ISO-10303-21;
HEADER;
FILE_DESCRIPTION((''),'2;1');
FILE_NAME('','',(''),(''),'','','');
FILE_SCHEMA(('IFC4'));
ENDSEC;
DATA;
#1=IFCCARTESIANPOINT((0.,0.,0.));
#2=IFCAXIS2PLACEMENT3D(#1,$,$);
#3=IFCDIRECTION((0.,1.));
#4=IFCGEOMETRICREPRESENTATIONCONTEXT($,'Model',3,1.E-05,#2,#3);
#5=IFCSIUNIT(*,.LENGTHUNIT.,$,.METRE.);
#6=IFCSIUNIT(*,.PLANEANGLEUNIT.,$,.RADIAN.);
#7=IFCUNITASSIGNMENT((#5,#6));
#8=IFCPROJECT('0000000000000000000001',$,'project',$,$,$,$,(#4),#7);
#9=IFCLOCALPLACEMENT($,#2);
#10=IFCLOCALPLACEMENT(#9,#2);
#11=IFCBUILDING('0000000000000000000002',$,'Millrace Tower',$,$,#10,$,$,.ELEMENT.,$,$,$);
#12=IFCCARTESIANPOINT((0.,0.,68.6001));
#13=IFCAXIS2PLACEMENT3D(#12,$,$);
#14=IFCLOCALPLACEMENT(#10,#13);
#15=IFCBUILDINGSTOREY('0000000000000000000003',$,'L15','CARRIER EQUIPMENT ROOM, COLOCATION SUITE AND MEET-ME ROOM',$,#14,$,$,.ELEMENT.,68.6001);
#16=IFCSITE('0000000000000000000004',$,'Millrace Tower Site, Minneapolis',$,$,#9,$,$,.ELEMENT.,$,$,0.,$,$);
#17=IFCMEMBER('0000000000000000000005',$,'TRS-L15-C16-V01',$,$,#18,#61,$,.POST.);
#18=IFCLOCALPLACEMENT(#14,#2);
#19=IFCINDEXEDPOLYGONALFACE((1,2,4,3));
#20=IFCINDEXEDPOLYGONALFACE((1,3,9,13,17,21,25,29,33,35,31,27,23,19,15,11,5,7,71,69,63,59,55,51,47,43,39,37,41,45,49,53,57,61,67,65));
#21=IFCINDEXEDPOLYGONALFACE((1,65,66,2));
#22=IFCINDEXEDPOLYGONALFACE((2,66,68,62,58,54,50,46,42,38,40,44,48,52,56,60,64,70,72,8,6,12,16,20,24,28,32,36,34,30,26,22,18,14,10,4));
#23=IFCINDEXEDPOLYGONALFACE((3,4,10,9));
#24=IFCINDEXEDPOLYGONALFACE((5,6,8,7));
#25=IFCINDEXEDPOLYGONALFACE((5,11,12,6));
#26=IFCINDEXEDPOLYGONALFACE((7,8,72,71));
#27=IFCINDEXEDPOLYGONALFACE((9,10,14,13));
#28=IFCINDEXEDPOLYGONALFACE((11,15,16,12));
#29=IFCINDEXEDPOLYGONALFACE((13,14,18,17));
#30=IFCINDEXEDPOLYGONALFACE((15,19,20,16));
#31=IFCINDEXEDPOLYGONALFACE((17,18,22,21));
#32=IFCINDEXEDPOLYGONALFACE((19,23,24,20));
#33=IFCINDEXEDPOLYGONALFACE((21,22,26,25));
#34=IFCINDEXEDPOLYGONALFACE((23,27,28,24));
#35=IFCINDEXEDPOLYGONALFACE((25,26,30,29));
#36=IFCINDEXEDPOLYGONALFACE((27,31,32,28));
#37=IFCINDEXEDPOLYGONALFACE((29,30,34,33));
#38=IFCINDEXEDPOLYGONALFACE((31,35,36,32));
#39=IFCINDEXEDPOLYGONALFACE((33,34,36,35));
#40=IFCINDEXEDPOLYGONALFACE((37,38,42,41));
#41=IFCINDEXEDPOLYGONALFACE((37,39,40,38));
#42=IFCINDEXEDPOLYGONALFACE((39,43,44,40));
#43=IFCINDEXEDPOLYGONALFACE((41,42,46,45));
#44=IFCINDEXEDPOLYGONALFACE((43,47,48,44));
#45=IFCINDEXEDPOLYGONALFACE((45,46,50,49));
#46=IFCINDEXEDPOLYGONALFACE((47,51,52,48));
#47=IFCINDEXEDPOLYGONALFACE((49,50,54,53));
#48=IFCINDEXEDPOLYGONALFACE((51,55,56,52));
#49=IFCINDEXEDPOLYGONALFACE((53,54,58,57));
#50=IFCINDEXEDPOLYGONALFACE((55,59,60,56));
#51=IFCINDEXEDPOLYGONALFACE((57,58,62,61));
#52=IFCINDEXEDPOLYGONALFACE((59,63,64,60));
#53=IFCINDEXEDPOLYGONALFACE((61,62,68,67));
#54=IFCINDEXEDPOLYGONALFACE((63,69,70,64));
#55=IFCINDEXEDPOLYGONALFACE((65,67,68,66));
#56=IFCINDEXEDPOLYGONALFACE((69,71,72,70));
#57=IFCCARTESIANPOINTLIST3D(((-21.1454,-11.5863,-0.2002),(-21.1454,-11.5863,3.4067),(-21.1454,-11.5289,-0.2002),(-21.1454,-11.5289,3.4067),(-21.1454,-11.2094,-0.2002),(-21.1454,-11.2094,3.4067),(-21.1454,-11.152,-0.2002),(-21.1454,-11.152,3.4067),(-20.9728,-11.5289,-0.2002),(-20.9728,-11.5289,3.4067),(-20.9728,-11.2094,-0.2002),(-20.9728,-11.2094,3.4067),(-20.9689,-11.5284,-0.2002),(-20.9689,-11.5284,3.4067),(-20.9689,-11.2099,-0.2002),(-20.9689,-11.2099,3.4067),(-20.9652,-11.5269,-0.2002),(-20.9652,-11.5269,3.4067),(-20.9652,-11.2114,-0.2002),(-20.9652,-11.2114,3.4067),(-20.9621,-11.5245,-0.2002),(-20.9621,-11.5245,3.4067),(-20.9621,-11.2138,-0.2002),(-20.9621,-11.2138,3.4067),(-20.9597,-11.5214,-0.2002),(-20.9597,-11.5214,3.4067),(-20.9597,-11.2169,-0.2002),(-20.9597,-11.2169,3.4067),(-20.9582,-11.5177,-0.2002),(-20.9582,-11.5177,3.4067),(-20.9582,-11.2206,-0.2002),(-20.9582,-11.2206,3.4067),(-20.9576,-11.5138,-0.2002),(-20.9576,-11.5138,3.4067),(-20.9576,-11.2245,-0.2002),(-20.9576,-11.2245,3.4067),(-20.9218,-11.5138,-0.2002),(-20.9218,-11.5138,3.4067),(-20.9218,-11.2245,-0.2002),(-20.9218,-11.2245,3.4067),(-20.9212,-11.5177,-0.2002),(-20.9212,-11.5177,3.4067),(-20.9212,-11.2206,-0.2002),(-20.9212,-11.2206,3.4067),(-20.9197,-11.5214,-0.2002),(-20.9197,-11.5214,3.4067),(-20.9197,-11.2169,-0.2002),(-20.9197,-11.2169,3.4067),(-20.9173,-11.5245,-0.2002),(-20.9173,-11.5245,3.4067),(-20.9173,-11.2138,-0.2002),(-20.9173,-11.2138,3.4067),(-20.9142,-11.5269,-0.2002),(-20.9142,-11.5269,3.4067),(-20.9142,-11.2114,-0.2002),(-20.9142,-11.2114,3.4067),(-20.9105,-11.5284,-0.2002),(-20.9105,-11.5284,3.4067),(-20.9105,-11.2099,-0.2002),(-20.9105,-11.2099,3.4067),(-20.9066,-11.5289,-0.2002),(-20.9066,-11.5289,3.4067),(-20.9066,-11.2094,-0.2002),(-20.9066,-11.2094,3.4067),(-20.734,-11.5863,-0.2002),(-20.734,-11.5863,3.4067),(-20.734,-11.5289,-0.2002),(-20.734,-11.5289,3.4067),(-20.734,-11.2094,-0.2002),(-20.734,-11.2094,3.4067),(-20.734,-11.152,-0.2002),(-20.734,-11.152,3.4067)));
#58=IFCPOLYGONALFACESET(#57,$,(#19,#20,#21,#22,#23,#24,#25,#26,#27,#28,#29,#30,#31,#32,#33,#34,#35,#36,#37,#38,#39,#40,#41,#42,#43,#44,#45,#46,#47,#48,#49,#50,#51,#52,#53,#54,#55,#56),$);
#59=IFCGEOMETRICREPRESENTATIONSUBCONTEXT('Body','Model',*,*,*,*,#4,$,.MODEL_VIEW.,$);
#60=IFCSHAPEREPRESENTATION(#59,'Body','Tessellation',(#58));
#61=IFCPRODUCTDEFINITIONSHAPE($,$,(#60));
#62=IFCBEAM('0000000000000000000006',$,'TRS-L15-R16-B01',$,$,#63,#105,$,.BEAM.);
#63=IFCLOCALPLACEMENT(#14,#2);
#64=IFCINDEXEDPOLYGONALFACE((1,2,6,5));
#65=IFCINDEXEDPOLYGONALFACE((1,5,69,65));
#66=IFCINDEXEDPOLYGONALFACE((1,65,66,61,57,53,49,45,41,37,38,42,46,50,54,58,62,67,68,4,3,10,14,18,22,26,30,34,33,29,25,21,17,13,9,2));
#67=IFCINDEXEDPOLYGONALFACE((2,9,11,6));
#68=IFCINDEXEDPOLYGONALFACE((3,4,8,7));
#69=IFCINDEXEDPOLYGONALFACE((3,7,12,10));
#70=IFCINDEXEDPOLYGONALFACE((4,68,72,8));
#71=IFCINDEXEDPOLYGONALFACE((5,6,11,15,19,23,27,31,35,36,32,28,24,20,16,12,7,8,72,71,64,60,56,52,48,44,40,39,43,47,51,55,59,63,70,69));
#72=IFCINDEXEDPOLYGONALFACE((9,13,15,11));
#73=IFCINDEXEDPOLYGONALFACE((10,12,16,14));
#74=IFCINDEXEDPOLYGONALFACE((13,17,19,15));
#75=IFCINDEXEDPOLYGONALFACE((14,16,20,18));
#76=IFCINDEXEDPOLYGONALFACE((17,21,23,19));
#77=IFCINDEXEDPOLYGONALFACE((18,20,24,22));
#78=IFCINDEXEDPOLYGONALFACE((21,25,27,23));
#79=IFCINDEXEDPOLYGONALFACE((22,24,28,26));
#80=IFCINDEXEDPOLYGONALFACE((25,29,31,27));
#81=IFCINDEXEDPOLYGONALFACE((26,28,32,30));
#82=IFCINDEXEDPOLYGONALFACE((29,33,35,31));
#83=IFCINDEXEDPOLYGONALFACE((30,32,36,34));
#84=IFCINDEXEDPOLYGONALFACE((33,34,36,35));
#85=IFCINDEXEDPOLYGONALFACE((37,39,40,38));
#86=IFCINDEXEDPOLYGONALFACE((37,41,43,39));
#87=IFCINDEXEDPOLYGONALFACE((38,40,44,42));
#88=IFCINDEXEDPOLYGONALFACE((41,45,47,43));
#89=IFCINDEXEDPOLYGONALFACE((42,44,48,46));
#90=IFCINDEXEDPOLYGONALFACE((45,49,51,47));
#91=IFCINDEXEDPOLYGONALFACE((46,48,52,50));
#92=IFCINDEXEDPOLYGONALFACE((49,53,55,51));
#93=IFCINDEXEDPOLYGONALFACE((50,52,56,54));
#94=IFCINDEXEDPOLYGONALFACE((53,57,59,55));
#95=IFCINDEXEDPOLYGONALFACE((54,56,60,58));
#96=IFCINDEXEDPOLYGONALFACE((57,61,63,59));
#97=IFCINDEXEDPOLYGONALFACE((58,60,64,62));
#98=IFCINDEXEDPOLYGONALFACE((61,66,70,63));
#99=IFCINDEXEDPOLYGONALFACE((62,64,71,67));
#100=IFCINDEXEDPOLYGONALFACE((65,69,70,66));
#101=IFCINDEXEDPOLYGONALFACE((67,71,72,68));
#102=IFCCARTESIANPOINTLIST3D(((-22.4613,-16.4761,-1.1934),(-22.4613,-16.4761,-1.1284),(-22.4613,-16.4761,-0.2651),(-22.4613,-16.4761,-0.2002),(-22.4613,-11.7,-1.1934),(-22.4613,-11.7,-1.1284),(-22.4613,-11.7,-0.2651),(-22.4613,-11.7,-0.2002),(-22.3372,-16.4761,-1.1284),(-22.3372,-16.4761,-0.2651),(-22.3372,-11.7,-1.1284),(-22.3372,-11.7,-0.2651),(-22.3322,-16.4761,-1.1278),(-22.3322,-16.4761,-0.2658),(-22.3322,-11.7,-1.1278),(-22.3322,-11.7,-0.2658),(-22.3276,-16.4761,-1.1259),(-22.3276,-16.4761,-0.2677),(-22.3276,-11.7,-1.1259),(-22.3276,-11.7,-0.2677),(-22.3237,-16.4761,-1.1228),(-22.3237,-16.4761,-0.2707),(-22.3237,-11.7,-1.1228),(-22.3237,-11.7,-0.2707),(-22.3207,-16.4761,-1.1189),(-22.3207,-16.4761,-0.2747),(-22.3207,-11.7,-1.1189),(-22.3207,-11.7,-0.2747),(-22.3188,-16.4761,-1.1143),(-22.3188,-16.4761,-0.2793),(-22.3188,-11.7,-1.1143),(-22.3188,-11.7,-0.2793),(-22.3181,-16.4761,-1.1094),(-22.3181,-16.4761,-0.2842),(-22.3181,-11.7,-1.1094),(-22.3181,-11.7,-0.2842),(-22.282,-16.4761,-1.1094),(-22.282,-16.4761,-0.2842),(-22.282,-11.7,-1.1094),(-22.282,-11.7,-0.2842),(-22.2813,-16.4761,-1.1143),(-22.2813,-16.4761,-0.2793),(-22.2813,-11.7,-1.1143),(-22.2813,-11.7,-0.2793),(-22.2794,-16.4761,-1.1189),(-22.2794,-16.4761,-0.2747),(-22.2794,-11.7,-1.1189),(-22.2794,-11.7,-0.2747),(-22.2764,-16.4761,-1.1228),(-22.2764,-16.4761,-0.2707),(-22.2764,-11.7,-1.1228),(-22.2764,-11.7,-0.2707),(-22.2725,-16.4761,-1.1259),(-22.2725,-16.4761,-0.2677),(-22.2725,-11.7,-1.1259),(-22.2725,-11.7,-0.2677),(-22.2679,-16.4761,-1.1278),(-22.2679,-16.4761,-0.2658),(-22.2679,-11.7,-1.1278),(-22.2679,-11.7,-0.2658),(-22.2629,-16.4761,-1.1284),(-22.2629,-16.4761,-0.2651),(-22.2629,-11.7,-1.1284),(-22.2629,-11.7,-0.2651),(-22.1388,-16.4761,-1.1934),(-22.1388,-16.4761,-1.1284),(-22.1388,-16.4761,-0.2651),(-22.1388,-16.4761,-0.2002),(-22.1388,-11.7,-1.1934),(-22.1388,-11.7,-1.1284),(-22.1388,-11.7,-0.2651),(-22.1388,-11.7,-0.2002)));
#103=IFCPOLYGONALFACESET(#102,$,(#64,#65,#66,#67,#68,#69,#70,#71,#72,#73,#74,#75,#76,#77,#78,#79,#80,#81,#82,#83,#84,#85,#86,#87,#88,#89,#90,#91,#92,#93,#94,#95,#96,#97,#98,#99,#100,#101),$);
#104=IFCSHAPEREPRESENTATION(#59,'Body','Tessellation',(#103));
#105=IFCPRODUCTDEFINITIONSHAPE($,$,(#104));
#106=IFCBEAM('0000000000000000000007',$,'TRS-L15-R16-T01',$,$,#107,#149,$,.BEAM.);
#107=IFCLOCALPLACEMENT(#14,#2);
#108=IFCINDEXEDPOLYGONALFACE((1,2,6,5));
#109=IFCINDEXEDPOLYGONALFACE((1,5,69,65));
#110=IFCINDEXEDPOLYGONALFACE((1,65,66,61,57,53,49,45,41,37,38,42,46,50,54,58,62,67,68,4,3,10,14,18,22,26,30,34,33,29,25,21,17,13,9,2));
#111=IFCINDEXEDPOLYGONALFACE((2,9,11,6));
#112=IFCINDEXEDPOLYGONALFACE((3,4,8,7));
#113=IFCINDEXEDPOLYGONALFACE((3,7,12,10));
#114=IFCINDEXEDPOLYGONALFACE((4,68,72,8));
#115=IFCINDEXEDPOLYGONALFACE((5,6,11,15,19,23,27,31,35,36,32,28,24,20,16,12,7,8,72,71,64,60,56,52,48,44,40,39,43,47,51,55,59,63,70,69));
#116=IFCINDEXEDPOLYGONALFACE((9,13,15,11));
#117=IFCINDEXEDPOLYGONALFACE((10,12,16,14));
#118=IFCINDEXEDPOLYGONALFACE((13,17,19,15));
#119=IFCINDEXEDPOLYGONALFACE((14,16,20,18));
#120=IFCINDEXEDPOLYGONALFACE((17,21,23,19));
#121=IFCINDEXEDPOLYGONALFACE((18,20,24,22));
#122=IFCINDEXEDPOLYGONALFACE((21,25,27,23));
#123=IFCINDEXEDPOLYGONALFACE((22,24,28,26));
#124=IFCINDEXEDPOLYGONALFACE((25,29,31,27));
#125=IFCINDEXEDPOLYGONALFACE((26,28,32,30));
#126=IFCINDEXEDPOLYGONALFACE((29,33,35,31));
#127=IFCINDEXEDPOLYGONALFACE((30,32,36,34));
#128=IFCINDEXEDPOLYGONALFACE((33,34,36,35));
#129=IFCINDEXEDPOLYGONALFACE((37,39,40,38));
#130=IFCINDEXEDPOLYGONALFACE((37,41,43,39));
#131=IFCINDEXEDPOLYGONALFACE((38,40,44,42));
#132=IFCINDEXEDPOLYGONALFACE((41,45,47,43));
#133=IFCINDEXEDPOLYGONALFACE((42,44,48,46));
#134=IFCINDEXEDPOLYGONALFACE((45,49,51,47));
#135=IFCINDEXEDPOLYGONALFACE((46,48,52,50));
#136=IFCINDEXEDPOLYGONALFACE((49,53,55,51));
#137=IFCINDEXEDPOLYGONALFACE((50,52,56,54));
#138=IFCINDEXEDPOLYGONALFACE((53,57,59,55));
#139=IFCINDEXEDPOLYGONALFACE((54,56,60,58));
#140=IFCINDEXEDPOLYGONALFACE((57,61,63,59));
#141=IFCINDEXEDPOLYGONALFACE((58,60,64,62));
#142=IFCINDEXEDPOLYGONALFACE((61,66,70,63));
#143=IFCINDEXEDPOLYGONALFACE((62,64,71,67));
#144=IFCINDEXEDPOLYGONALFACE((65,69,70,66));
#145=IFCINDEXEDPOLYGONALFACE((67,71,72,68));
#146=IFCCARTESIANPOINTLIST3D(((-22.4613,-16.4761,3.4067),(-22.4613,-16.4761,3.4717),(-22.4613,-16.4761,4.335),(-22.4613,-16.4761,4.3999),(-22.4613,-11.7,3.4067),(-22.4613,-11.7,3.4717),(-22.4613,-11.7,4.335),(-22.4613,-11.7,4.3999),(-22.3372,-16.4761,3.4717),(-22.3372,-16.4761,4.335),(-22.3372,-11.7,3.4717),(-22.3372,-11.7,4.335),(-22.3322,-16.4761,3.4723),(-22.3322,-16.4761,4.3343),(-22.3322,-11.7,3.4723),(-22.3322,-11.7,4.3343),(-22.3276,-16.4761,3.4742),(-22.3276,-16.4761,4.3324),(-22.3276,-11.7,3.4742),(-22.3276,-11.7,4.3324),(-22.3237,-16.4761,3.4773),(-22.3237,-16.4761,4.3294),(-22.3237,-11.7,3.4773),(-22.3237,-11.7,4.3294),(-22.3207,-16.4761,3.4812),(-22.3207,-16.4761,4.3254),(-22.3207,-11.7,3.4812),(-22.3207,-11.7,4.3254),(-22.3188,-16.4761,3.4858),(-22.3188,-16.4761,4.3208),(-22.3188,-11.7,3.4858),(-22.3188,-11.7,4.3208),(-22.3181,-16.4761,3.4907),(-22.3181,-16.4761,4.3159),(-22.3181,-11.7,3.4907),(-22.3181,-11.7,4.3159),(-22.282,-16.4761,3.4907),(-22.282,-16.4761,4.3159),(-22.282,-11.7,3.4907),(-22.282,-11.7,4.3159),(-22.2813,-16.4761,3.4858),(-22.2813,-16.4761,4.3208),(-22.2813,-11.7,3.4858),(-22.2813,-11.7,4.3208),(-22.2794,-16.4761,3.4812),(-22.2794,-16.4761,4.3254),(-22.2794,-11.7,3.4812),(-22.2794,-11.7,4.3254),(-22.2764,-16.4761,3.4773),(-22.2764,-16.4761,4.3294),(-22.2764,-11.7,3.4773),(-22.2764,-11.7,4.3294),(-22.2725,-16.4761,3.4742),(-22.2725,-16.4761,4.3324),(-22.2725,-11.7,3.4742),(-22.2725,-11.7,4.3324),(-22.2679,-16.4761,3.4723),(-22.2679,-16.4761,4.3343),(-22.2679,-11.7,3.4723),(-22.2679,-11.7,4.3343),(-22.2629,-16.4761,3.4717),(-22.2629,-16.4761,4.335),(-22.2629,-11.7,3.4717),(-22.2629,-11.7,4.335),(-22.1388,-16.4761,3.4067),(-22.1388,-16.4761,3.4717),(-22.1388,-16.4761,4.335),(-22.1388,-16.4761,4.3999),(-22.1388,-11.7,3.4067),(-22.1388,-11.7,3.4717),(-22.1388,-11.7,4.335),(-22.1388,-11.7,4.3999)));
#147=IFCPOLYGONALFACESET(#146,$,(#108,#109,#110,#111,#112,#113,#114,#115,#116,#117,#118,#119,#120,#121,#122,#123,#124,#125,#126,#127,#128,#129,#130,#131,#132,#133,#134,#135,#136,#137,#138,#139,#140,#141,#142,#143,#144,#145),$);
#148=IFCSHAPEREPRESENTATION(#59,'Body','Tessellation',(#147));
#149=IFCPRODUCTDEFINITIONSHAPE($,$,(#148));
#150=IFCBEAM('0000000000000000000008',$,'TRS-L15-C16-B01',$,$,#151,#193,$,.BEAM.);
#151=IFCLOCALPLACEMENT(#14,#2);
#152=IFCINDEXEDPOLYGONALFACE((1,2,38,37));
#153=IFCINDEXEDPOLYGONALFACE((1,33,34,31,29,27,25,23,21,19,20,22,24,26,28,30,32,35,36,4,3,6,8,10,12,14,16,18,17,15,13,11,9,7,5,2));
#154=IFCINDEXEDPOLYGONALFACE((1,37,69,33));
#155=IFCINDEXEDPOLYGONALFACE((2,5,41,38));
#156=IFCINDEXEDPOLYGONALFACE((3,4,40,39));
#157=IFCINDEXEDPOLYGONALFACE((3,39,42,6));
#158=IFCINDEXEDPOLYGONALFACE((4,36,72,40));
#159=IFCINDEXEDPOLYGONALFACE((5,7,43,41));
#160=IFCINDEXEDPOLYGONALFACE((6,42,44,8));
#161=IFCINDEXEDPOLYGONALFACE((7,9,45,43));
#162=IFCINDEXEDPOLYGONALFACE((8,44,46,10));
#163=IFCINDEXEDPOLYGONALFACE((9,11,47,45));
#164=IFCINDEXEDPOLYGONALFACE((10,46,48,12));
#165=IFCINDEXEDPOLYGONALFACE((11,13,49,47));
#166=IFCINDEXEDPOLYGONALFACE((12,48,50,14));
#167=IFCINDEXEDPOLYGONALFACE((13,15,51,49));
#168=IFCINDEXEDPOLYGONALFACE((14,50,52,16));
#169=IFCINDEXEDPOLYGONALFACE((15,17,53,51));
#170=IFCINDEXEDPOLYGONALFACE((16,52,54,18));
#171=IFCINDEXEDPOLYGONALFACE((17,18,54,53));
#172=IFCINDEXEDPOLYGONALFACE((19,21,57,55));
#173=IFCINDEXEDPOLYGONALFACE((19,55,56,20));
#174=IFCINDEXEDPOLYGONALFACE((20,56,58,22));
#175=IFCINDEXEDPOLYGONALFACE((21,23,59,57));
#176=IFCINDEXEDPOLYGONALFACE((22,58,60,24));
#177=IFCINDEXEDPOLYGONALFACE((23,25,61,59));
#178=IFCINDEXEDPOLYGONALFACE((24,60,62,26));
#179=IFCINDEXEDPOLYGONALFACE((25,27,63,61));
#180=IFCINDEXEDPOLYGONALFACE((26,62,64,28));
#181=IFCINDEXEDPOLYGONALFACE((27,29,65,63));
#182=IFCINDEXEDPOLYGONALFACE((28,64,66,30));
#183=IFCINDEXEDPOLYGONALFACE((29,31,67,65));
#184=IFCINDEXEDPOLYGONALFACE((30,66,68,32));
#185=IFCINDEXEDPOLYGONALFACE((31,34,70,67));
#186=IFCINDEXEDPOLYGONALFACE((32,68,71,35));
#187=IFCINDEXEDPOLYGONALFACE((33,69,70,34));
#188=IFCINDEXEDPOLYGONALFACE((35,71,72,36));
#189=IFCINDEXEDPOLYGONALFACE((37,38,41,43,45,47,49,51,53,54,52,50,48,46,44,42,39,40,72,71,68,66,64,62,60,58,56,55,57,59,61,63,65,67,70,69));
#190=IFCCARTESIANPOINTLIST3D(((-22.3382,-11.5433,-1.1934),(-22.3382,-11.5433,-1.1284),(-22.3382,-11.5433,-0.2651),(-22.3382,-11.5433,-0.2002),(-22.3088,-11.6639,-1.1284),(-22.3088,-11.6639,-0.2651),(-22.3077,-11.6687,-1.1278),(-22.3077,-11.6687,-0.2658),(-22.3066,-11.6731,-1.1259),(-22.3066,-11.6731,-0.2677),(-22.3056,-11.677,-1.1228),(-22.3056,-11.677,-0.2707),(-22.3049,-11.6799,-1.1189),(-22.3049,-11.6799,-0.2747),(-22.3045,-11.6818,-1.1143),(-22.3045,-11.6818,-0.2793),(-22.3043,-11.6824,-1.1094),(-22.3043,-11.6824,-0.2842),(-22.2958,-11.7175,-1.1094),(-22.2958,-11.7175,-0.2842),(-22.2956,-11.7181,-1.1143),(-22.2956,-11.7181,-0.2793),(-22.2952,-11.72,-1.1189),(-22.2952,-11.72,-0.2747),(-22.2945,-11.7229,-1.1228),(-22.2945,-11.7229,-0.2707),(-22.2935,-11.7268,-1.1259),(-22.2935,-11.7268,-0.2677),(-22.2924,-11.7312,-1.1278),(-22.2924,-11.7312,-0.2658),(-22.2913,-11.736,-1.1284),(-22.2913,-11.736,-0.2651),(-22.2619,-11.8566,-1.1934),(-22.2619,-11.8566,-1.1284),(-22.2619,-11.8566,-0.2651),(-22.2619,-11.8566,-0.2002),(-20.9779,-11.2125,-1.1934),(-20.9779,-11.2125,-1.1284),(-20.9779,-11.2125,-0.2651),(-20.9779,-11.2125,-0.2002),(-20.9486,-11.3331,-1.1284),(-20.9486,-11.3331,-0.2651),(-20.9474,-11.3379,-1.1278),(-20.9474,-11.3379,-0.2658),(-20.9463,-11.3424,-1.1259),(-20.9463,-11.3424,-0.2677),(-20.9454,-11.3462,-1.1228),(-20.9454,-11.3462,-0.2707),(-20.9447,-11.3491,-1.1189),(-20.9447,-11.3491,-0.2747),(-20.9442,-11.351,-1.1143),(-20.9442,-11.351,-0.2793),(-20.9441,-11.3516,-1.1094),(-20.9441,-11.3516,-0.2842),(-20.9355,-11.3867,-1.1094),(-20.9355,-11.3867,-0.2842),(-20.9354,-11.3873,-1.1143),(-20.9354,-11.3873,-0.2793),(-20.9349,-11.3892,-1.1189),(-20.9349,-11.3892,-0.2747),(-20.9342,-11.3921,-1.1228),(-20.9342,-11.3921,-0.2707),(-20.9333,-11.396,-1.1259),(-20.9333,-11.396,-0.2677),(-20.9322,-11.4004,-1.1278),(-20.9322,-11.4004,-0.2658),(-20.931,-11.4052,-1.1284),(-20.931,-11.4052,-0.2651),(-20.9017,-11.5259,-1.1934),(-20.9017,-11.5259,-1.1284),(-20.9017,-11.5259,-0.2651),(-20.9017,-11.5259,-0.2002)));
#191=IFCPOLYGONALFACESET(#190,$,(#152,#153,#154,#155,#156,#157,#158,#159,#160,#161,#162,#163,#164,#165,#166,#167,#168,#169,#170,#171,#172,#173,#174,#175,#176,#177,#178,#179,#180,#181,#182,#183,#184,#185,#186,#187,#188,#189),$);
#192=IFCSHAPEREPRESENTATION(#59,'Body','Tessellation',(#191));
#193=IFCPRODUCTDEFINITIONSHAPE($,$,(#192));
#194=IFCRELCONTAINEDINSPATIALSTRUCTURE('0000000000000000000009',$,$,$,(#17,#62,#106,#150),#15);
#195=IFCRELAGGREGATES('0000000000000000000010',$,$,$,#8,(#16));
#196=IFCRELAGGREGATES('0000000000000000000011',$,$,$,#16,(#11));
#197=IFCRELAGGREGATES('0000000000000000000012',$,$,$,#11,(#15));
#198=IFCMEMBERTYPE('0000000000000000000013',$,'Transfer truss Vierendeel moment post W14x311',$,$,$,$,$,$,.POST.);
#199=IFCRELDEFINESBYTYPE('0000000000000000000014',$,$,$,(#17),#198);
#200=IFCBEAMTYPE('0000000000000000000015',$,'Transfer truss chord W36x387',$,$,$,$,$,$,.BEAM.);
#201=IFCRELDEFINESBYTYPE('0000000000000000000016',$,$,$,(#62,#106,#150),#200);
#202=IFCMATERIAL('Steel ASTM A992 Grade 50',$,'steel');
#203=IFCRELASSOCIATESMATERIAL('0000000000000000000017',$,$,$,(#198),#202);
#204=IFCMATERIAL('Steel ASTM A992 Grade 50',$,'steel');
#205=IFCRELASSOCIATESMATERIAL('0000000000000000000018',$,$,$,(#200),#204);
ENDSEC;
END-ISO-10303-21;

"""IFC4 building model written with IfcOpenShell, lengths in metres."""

from ifc_helpers import new_model, si_unit, direction, frame, origin, origin_2d, place, context, subcontext, project, spatial, i_section, extrude, material, material_profile, profile_set, type_object, element, save


model = new_model("IFC4")

# Units and contexts
model_context = context("Model", 3, precision=1e-05, world=origin(), true_north=direction((0.0, 1.0)))
body_context = subcontext(model_context, "Body", "Model", "MODEL_VIEW")
ifc_project = project(units=[si_unit("LENGTHUNIT", "METRE"), si_unit("PLANEANGLEUNIT", "RADIAN")], contexts=[model_context])

# Site, building, storey
site_placement = place(None, origin())
site = spatial("IfcSite", under=ifc_project, at=site_placement, Name="Millrace Tower Site, Minneapolis", CompositionType="ELEMENT", RefElevation=0.0)
building_placement = place(site_placement, origin())
building = spatial("IfcBuilding", under=site, at=building_placement, Name="Millrace Tower", CompositionType="ELEMENT")
storey_placement = place(building_placement, frame((0.0, 0.0, 68.6001)))
storey = spatial("IfcBuildingStorey", under=building, at=storey_placement, Name="L15", Description="CARRIER EQUIPMENT ROOM, COLOCATION SUITE AND MEET-ME ROOM", CompositionType="ELEMENT", Elevation=68.6001)

# Member
ifc_material_1 = material(Name="Steel ASTM A992 Grade 50", Category="steel")
ifc_material_profile_1 = material_profile(ifc_material_1, i_section(OverallWidth=0.4114, OverallDepth=0.4343, WebThickness=0.0359, FlangeThickness=0.0574, FilletRadius=0.0151, at=origin_2d()))
ifc_profile_set_1 = profile_set([ifc_material_profile_1], Name="Steel ASTM A992 Grade 50")
member_type_1 = type_object("IfcMemberType", Name="Transfer truss Vierendeel moment post W14x311", PredefinedType="POST", material=ifc_profile_set_1)
for number, where, z_axis, x_axis, name in (
    (1, (-20.9397, -11.3691, -0.2002), (0.0, 0.0, 1.0), (1.0, 0.0, 0.0), "TRS-L15-C16-V01"),
):
    element("IfcMember", number, at=place(storey_placement, frame(where, z_axis=z_axis, x_axis=x_axis)), inside=storey, type_object=member_type_1, Name=name, PredefinedType="POST", context=body_context, shape_type="SweptSolid", body=[
        extrude(i_section(OverallWidth=0.4114, OverallDepth=0.4343, WebThickness=0.0359, FlangeThickness=0.0574, FilletRadius=0.0151, at=origin_2d()), origin(), (0.0, 0.0, 1.0), 3.6069),
    ])

# Beams
ifc_material_2 = material(Name="Steel ASTM A992 Grade 50", Category="steel")
ifc_material_profile_2 = material_profile(ifc_material_2, i_section(OverallWidth=0.3225, OverallDepth=0.9932, WebThickness=0.0361, FlangeThickness=0.0649, FilletRadius=0.019, at=origin_2d()))
ifc_profile_set_2 = profile_set([ifc_material_profile_2], Name="Steel ASTM A992 Grade 50")
beam_type_1 = type_object("IfcBeamType", Name="Transfer truss chord W36x387", PredefinedType="BEAM", material=ifc_profile_set_2)
for number, where, z_axis, x_axis, name in (
    (2, (-22.3, -11.7, -0.6968), (0.0, -1.0, 0.0), (1.0, 0.0, 0.0), "TRS-L15-R16-B01"),
    (3, (-22.3, -11.7, 3.9033), (0.0, -1.0, 0.0), (1.0, 0.0, 0.0), "TRS-L15-R16-T01"),
):
    element("IfcBeam", number, at=place(storey_placement, frame(where, z_axis=z_axis, x_axis=x_axis)), inside=storey, type_object=beam_type_1, Name=name, PredefinedType="BEAM", context=body_context, shape_type="SweptSolid", body=[
        extrude(i_section(OverallWidth=0.3225, OverallDepth=0.9932, WebThickness=0.0361, FlangeThickness=0.0649, FilletRadius=0.019, at=origin_2d()), origin(), (0.0, 0.0, 1.0), 4.7761),
    ])
for number, where, z_axis, x_axis, name in (
    (4, (-22.3, -11.7, -0.6968), (0.971682, 0.236294, 0.0), (-0.236294, 0.971682, 0.0), "TRS-L15-C16-B01"),
):
    element("IfcBeam", number, at=place(storey_placement, frame(where, z_axis=z_axis, x_axis=x_axis)), inside=storey, type_object=beam_type_1, Name=name, PredefinedType="BEAM", context=body_context, shape_type="SweptSolid", body=[
        extrude(i_section(OverallWidth=0.3225, OverallDepth=0.9932, WebThickness=0.0361, FlangeThickness=0.0649, FilletRadius=0.019, at=origin_2d()), origin(), (0.0, 0.0, 1.0), 1.3999),
    ])

save(model, "model.ifc")
